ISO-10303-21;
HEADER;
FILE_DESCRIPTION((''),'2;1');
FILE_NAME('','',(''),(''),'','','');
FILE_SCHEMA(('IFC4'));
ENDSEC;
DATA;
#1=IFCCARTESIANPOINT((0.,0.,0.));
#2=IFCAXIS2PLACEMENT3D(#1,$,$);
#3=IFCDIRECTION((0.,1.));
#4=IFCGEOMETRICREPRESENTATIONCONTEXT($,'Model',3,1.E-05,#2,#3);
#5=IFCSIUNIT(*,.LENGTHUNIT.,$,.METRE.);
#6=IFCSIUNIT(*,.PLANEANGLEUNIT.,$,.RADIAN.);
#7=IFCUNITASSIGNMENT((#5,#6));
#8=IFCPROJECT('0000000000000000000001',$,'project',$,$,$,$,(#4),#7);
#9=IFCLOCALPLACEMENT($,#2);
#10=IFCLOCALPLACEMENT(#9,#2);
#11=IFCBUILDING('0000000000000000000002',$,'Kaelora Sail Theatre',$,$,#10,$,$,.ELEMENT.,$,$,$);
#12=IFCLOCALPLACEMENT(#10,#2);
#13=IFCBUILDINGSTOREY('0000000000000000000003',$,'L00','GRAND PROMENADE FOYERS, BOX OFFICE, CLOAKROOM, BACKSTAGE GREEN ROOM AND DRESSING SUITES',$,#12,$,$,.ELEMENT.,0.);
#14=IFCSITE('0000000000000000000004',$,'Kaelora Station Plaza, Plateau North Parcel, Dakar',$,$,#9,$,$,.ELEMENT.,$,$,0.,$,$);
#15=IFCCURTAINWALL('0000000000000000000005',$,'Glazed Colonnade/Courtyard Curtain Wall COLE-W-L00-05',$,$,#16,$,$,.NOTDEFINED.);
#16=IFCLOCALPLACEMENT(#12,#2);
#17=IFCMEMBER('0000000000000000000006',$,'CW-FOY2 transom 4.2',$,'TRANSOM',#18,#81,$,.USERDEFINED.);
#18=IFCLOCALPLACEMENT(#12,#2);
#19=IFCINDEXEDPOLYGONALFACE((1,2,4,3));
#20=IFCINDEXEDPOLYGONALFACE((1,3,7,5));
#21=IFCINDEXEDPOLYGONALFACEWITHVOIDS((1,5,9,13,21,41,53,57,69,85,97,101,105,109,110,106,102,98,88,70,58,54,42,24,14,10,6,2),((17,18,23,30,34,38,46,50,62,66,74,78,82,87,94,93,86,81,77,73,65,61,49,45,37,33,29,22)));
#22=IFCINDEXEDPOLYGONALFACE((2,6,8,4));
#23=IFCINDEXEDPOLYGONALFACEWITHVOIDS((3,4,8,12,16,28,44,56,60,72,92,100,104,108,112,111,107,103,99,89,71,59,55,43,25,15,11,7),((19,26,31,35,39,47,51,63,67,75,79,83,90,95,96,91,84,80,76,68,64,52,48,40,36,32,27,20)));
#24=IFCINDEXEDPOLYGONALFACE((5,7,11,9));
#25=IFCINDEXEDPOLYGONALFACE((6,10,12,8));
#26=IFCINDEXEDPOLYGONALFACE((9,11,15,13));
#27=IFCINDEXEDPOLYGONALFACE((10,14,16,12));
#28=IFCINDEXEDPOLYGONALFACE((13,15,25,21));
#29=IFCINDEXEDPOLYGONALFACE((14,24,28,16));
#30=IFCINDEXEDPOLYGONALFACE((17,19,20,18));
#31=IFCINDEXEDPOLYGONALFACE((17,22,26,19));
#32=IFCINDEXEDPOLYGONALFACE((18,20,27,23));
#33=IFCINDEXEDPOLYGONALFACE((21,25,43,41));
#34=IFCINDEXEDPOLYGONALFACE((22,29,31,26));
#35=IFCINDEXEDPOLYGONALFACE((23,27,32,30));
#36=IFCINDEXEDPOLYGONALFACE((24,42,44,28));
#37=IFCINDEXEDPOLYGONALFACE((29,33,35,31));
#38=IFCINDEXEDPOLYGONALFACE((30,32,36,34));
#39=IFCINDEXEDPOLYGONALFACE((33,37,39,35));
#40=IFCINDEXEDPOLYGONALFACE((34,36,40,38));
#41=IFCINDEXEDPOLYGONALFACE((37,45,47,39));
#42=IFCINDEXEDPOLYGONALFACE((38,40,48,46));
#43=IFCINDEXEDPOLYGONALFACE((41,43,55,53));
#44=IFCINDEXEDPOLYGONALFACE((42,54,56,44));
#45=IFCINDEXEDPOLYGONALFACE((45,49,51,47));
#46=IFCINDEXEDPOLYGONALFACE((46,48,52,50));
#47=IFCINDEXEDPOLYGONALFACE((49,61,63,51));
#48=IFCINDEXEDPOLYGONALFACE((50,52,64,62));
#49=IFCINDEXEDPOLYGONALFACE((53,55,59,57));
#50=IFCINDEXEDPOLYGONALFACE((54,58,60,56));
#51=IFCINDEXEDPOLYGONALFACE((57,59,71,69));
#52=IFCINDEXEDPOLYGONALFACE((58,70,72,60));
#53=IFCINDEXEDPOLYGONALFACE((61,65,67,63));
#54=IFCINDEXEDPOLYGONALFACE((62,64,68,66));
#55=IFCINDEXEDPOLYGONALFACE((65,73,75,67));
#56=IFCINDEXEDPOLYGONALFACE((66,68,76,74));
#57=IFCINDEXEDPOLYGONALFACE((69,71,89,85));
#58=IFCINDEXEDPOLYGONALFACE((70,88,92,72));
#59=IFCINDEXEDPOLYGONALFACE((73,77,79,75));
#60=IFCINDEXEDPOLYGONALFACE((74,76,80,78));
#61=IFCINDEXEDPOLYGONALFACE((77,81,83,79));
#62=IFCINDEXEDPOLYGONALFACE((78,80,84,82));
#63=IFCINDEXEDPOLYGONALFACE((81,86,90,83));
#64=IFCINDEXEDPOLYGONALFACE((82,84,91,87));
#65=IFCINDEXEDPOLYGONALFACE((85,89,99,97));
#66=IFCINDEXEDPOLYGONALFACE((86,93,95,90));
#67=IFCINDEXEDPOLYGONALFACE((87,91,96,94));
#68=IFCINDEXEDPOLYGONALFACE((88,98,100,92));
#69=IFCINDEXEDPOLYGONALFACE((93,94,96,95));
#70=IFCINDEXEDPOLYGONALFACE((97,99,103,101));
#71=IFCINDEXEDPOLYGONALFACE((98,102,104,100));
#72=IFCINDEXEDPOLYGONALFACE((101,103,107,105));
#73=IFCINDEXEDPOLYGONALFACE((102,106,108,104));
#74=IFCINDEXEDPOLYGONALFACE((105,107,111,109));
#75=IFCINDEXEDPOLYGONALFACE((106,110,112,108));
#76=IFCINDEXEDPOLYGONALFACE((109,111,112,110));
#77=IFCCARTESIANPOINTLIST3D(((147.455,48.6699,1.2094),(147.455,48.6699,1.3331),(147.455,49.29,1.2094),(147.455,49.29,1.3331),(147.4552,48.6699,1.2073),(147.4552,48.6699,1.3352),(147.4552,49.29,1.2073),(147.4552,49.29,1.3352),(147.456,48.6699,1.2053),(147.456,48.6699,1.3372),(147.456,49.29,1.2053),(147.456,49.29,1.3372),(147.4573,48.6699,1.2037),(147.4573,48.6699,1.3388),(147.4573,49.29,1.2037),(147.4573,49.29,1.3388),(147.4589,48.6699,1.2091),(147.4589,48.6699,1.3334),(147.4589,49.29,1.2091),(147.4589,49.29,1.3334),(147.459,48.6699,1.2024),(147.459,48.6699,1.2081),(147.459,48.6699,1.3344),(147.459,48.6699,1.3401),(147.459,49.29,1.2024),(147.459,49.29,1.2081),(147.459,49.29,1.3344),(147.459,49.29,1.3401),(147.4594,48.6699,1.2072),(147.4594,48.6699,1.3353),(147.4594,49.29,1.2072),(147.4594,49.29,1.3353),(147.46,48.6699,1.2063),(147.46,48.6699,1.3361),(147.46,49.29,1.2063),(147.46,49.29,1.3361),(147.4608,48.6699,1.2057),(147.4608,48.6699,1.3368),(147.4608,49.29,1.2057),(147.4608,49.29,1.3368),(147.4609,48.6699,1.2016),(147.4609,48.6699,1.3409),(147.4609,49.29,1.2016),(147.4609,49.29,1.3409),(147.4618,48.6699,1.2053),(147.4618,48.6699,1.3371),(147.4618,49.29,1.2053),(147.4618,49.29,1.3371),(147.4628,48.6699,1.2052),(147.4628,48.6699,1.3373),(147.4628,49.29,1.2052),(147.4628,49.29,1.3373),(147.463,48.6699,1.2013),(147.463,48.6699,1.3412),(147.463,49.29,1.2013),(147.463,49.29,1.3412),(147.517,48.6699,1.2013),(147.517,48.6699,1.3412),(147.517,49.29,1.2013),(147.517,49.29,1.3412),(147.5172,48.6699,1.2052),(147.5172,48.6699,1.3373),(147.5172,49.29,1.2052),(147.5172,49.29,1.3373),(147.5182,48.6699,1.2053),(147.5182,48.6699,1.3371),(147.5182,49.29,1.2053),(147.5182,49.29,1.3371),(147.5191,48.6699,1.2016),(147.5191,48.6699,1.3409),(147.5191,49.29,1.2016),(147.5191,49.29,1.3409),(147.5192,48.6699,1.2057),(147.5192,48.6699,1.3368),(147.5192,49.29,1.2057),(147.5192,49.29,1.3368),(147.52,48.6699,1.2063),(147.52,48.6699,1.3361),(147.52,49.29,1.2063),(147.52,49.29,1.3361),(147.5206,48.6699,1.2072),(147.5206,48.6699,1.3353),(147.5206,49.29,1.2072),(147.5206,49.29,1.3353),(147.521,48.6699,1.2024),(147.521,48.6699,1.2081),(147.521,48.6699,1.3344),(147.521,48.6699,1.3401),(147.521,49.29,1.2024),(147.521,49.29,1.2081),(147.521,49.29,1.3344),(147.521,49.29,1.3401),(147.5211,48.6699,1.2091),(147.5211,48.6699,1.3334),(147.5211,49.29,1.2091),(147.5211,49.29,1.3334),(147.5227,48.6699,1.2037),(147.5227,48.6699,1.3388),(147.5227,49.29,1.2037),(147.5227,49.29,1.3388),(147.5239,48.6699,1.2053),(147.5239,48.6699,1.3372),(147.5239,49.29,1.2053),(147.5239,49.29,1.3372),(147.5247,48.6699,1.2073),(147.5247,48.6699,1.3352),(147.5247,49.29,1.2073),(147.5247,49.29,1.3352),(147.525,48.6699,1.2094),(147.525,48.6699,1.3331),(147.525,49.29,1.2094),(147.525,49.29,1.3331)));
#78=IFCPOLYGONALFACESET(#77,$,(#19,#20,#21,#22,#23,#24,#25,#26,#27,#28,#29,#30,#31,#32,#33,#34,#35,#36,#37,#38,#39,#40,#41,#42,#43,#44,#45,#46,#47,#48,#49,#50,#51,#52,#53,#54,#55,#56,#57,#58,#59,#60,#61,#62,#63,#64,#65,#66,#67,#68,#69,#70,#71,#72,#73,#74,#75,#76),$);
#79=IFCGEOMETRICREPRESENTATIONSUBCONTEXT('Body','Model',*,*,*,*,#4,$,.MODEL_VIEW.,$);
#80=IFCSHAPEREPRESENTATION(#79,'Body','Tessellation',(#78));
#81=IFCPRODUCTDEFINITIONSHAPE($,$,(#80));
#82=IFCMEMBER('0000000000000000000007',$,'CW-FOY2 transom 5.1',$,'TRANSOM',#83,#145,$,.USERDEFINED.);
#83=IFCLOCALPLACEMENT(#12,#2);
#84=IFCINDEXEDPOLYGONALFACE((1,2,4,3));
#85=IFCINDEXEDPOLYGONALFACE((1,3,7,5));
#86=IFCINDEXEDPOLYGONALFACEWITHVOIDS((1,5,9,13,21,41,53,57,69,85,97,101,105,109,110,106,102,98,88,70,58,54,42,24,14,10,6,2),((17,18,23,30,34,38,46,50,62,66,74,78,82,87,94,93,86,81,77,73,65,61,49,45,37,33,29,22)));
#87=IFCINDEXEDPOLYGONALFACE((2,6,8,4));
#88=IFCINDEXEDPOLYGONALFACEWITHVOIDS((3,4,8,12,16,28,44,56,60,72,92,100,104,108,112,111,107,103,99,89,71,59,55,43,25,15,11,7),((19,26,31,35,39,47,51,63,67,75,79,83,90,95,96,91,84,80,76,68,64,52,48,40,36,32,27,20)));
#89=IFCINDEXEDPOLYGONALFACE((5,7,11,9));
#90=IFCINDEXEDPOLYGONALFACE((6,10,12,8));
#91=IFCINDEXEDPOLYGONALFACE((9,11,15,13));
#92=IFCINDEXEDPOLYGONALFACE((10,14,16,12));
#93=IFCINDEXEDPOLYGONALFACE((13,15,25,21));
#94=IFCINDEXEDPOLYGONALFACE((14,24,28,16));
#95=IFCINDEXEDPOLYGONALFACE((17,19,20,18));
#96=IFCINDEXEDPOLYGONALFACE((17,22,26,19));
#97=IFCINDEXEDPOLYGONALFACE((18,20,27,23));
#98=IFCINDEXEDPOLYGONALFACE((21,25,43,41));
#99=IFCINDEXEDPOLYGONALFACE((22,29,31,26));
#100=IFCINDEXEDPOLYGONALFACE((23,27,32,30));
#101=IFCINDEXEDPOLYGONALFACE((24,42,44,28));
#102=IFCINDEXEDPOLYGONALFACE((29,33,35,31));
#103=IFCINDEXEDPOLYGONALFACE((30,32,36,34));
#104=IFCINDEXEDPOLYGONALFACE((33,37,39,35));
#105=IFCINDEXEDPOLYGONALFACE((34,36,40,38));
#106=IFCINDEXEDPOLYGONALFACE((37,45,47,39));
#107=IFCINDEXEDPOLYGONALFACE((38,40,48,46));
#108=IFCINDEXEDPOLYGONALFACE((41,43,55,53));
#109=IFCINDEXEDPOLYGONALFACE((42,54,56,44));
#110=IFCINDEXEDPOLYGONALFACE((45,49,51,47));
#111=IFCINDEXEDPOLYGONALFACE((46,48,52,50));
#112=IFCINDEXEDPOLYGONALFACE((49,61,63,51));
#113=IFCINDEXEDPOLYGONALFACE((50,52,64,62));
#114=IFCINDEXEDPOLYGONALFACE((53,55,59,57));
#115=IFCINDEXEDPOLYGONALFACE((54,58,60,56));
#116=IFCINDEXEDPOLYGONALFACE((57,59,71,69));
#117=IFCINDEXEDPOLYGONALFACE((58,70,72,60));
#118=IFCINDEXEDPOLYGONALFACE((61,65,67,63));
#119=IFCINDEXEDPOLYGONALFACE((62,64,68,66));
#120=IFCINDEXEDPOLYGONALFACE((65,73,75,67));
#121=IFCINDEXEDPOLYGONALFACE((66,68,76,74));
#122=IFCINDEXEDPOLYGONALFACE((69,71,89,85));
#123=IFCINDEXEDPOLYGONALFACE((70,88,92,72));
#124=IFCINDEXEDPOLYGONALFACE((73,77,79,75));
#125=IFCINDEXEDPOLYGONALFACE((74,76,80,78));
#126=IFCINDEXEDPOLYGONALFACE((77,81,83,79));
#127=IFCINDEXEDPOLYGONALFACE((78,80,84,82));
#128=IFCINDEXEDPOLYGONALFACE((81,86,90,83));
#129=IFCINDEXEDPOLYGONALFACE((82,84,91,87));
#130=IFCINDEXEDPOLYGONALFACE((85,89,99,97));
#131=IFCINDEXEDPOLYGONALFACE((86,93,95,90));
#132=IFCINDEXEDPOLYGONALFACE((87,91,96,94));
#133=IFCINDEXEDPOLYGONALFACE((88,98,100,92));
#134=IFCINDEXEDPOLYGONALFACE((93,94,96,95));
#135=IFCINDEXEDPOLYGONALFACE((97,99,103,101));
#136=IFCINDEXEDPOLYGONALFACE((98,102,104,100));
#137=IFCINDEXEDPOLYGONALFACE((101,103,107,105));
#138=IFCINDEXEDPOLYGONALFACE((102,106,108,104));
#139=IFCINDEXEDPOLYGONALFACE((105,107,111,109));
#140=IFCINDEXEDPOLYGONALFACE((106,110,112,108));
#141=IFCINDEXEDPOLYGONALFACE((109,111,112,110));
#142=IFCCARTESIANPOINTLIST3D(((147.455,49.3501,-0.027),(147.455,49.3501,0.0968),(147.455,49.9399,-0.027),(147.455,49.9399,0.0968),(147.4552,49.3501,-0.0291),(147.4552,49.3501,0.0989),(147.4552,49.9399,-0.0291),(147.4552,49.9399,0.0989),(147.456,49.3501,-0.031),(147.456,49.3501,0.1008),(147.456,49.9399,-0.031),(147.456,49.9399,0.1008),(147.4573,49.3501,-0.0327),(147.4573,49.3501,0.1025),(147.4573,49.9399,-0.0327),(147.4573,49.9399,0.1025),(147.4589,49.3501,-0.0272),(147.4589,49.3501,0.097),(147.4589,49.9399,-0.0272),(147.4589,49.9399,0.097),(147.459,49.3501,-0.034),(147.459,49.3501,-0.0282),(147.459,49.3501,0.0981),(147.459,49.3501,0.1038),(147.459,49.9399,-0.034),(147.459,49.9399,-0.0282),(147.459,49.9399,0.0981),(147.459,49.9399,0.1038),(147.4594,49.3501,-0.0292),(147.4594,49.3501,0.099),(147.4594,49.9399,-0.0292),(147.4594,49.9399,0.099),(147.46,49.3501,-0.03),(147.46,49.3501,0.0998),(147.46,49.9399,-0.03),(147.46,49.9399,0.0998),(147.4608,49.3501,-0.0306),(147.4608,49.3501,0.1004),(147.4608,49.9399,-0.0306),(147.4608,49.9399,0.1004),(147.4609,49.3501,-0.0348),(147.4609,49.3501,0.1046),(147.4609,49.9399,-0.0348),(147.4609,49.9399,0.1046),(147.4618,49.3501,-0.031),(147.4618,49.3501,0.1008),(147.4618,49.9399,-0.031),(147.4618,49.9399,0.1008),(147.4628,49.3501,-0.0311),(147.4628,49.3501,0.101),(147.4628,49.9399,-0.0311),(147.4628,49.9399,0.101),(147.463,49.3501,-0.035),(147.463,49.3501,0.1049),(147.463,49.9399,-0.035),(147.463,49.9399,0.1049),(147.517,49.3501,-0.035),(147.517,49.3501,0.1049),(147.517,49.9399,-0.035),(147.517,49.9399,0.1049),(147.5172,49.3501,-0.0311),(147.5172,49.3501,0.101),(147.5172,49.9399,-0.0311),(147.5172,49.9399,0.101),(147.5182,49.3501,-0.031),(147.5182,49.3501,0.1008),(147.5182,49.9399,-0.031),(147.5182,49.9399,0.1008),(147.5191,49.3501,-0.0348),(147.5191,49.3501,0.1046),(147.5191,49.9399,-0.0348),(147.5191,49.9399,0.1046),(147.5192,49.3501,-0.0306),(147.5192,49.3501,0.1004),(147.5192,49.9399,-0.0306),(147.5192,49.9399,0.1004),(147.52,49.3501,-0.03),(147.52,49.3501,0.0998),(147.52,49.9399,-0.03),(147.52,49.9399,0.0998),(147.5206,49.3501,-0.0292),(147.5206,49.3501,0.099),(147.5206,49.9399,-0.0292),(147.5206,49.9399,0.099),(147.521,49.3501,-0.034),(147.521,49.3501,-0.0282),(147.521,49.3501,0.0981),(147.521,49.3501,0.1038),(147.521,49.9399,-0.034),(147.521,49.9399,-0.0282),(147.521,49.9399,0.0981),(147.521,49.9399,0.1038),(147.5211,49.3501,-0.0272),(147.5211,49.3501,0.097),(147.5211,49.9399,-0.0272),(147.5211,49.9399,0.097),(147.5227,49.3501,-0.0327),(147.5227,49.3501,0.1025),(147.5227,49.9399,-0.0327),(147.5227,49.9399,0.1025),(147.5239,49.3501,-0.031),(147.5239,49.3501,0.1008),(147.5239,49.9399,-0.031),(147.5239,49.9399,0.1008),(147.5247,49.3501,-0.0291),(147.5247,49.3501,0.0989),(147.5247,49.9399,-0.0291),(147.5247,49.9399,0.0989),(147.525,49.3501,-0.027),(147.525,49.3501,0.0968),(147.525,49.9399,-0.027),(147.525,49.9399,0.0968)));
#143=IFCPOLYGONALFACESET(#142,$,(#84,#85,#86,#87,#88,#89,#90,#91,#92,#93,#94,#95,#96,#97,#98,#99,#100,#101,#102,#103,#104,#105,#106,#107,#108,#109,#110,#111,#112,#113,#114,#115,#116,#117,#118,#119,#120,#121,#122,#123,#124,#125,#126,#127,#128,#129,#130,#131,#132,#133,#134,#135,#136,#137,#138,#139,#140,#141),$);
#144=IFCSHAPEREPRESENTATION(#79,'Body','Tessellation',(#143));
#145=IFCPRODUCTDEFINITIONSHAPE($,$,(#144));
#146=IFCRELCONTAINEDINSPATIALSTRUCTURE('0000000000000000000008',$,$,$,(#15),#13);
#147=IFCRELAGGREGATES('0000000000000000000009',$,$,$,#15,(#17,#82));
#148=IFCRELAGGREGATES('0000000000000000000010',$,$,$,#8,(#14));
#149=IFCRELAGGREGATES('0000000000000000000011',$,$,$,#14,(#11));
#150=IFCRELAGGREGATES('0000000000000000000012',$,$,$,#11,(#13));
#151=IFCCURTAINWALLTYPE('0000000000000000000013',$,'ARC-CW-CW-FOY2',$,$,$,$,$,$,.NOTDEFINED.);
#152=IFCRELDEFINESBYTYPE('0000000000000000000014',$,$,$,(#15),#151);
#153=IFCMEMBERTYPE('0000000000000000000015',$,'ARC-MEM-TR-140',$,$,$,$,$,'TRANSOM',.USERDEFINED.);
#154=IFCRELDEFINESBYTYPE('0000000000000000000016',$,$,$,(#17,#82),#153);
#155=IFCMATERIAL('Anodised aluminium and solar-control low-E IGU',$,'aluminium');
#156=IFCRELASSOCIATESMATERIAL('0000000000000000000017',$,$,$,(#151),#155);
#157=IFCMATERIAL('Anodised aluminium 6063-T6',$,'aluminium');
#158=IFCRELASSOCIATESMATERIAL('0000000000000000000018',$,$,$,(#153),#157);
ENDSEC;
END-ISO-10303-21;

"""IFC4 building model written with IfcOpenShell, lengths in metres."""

from ifc_helpers import new_model, si_unit, direction, frame, origin, origin_2d, place, context, subcontext, project, spatial, hollow_rectangle, extrude, material, material_profile, profile_set, type_object, element, aggregate, save


model = new_model("IFC4")

# Units and contexts
model_context = context("Model", 3, precision=1e-05, world=origin(), true_north=direction((0.0, 1.0)))
body_context = subcontext(model_context, "Body", "Model", "MODEL_VIEW")
ifc_project = project(units=[si_unit("LENGTHUNIT", "METRE"), si_unit("PLANEANGLEUNIT", "RADIAN")], contexts=[model_context])

# Site, building, storey
site_placement = place(None, origin())
site = spatial("IfcSite", under=ifc_project, at=site_placement, Name="Kaelora Station Plaza, Plateau North Parcel, Dakar", CompositionType="ELEMENT", RefElevation=0.0)
building_placement = place(site_placement, origin())
building = spatial("IfcBuilding", under=site, at=building_placement, Name="Kaelora Sail Theatre", CompositionType="ELEMENT")
storey_placement = place(building_placement, origin())
storey = spatial("IfcBuildingStorey", under=building, at=storey_placement, Name="L00", Description="GRAND PROMENADE FOYERS, BOX OFFICE, CLOAKROOM, BACKSTAGE GREEN ROOM AND DRESSING SUITES", CompositionType="ELEMENT", Elevation=0.0)

# Curtain wall
ifc_material_1 = material(Name="Anodised aluminium and solar-control low-E IGU", Category="aluminium")
curtain_wall_type = type_object("IfcCurtainWallType", Name="ARC-CW-CW-FOY2", PredefinedType="NOTDEFINED", material=ifc_material_1)
curtain_wall_1_placement = place(storey_placement, origin())
curtain_wall_1 = element("IfcCurtainWall", 1, at=curtain_wall_1_placement, inside=storey, type_object=curtain_wall_type, Name="Glazed Colonnade/Courtyard Curtain Wall COLE-W-L00-05", PredefinedType="NOTDEFINED")

# Members
ifc_material_2 = material(Name="Anodised aluminium 6063-T6", Category="aluminium")
ifc_material_profile_1 = material_profile(ifc_material_2, hollow_rectangle(XDim=0.0701, YDim=0.1399, WallThickness=0.0039, InnerFilletRadius=0.0039, OuterFilletRadius=0.0081, at=origin_2d()), Name="ALU-TRAN 70x140x4")
ifc_profile_set_1 = profile_set([ifc_material_profile_1], Name="Anodised aluminium 6063-T6")
member_type_1 = type_object("IfcMemberType", Name="ARC-MEM-TR-140", ElementType="TRANSOM", PredefinedType="USERDEFINED", material=ifc_profile_set_1)
member_1_placement = place(storey_placement, frame((147.49, 48.6699, 1.2712), z_axis=(0.0, 1.0, 0.0), x_axis=(-1.0, 0.0, 0.0)))
member_1 = element("IfcMember", 2, at=member_1_placement, type_object=member_type_1, Name="CW-FOY2 transom 4.2", ObjectType="TRANSOM", PredefinedType="USERDEFINED", context=body_context, shape_type="SweptSolid", body=[
    extrude(hollow_rectangle(XDim=0.0701, YDim=0.1399, WallThickness=0.0039, InnerFilletRadius=0.0039, OuterFilletRadius=0.0081, at=origin_2d()), origin(), (0.0, 0.0, 1.0), 0.6201),
])
member_2_placement = place(storey_placement, frame((147.49, 49.3501, 0.0349), z_axis=(0.0, 1.0, 0.0), x_axis=(-1.0, 0.0, 0.0)))
member_2 = element("IfcMember", 3, at=member_2_placement, type_object=member_type_1, Name="CW-FOY2 transom 5.1", ObjectType="TRANSOM", PredefinedType="USERDEFINED", context=body_context, shape_type="SweptSolid", body=[
    extrude(hollow_rectangle(XDim=0.0701, YDim=0.1399, WallThickness=0.0039, InnerFilletRadius=0.0039, OuterFilletRadius=0.0081, at=origin_2d()), origin(), (0.0, 0.0, 1.0), 0.5898),
])

aggregate(curtain_wall_1, [member_1, member_2])

save(model, "model.ifc")
